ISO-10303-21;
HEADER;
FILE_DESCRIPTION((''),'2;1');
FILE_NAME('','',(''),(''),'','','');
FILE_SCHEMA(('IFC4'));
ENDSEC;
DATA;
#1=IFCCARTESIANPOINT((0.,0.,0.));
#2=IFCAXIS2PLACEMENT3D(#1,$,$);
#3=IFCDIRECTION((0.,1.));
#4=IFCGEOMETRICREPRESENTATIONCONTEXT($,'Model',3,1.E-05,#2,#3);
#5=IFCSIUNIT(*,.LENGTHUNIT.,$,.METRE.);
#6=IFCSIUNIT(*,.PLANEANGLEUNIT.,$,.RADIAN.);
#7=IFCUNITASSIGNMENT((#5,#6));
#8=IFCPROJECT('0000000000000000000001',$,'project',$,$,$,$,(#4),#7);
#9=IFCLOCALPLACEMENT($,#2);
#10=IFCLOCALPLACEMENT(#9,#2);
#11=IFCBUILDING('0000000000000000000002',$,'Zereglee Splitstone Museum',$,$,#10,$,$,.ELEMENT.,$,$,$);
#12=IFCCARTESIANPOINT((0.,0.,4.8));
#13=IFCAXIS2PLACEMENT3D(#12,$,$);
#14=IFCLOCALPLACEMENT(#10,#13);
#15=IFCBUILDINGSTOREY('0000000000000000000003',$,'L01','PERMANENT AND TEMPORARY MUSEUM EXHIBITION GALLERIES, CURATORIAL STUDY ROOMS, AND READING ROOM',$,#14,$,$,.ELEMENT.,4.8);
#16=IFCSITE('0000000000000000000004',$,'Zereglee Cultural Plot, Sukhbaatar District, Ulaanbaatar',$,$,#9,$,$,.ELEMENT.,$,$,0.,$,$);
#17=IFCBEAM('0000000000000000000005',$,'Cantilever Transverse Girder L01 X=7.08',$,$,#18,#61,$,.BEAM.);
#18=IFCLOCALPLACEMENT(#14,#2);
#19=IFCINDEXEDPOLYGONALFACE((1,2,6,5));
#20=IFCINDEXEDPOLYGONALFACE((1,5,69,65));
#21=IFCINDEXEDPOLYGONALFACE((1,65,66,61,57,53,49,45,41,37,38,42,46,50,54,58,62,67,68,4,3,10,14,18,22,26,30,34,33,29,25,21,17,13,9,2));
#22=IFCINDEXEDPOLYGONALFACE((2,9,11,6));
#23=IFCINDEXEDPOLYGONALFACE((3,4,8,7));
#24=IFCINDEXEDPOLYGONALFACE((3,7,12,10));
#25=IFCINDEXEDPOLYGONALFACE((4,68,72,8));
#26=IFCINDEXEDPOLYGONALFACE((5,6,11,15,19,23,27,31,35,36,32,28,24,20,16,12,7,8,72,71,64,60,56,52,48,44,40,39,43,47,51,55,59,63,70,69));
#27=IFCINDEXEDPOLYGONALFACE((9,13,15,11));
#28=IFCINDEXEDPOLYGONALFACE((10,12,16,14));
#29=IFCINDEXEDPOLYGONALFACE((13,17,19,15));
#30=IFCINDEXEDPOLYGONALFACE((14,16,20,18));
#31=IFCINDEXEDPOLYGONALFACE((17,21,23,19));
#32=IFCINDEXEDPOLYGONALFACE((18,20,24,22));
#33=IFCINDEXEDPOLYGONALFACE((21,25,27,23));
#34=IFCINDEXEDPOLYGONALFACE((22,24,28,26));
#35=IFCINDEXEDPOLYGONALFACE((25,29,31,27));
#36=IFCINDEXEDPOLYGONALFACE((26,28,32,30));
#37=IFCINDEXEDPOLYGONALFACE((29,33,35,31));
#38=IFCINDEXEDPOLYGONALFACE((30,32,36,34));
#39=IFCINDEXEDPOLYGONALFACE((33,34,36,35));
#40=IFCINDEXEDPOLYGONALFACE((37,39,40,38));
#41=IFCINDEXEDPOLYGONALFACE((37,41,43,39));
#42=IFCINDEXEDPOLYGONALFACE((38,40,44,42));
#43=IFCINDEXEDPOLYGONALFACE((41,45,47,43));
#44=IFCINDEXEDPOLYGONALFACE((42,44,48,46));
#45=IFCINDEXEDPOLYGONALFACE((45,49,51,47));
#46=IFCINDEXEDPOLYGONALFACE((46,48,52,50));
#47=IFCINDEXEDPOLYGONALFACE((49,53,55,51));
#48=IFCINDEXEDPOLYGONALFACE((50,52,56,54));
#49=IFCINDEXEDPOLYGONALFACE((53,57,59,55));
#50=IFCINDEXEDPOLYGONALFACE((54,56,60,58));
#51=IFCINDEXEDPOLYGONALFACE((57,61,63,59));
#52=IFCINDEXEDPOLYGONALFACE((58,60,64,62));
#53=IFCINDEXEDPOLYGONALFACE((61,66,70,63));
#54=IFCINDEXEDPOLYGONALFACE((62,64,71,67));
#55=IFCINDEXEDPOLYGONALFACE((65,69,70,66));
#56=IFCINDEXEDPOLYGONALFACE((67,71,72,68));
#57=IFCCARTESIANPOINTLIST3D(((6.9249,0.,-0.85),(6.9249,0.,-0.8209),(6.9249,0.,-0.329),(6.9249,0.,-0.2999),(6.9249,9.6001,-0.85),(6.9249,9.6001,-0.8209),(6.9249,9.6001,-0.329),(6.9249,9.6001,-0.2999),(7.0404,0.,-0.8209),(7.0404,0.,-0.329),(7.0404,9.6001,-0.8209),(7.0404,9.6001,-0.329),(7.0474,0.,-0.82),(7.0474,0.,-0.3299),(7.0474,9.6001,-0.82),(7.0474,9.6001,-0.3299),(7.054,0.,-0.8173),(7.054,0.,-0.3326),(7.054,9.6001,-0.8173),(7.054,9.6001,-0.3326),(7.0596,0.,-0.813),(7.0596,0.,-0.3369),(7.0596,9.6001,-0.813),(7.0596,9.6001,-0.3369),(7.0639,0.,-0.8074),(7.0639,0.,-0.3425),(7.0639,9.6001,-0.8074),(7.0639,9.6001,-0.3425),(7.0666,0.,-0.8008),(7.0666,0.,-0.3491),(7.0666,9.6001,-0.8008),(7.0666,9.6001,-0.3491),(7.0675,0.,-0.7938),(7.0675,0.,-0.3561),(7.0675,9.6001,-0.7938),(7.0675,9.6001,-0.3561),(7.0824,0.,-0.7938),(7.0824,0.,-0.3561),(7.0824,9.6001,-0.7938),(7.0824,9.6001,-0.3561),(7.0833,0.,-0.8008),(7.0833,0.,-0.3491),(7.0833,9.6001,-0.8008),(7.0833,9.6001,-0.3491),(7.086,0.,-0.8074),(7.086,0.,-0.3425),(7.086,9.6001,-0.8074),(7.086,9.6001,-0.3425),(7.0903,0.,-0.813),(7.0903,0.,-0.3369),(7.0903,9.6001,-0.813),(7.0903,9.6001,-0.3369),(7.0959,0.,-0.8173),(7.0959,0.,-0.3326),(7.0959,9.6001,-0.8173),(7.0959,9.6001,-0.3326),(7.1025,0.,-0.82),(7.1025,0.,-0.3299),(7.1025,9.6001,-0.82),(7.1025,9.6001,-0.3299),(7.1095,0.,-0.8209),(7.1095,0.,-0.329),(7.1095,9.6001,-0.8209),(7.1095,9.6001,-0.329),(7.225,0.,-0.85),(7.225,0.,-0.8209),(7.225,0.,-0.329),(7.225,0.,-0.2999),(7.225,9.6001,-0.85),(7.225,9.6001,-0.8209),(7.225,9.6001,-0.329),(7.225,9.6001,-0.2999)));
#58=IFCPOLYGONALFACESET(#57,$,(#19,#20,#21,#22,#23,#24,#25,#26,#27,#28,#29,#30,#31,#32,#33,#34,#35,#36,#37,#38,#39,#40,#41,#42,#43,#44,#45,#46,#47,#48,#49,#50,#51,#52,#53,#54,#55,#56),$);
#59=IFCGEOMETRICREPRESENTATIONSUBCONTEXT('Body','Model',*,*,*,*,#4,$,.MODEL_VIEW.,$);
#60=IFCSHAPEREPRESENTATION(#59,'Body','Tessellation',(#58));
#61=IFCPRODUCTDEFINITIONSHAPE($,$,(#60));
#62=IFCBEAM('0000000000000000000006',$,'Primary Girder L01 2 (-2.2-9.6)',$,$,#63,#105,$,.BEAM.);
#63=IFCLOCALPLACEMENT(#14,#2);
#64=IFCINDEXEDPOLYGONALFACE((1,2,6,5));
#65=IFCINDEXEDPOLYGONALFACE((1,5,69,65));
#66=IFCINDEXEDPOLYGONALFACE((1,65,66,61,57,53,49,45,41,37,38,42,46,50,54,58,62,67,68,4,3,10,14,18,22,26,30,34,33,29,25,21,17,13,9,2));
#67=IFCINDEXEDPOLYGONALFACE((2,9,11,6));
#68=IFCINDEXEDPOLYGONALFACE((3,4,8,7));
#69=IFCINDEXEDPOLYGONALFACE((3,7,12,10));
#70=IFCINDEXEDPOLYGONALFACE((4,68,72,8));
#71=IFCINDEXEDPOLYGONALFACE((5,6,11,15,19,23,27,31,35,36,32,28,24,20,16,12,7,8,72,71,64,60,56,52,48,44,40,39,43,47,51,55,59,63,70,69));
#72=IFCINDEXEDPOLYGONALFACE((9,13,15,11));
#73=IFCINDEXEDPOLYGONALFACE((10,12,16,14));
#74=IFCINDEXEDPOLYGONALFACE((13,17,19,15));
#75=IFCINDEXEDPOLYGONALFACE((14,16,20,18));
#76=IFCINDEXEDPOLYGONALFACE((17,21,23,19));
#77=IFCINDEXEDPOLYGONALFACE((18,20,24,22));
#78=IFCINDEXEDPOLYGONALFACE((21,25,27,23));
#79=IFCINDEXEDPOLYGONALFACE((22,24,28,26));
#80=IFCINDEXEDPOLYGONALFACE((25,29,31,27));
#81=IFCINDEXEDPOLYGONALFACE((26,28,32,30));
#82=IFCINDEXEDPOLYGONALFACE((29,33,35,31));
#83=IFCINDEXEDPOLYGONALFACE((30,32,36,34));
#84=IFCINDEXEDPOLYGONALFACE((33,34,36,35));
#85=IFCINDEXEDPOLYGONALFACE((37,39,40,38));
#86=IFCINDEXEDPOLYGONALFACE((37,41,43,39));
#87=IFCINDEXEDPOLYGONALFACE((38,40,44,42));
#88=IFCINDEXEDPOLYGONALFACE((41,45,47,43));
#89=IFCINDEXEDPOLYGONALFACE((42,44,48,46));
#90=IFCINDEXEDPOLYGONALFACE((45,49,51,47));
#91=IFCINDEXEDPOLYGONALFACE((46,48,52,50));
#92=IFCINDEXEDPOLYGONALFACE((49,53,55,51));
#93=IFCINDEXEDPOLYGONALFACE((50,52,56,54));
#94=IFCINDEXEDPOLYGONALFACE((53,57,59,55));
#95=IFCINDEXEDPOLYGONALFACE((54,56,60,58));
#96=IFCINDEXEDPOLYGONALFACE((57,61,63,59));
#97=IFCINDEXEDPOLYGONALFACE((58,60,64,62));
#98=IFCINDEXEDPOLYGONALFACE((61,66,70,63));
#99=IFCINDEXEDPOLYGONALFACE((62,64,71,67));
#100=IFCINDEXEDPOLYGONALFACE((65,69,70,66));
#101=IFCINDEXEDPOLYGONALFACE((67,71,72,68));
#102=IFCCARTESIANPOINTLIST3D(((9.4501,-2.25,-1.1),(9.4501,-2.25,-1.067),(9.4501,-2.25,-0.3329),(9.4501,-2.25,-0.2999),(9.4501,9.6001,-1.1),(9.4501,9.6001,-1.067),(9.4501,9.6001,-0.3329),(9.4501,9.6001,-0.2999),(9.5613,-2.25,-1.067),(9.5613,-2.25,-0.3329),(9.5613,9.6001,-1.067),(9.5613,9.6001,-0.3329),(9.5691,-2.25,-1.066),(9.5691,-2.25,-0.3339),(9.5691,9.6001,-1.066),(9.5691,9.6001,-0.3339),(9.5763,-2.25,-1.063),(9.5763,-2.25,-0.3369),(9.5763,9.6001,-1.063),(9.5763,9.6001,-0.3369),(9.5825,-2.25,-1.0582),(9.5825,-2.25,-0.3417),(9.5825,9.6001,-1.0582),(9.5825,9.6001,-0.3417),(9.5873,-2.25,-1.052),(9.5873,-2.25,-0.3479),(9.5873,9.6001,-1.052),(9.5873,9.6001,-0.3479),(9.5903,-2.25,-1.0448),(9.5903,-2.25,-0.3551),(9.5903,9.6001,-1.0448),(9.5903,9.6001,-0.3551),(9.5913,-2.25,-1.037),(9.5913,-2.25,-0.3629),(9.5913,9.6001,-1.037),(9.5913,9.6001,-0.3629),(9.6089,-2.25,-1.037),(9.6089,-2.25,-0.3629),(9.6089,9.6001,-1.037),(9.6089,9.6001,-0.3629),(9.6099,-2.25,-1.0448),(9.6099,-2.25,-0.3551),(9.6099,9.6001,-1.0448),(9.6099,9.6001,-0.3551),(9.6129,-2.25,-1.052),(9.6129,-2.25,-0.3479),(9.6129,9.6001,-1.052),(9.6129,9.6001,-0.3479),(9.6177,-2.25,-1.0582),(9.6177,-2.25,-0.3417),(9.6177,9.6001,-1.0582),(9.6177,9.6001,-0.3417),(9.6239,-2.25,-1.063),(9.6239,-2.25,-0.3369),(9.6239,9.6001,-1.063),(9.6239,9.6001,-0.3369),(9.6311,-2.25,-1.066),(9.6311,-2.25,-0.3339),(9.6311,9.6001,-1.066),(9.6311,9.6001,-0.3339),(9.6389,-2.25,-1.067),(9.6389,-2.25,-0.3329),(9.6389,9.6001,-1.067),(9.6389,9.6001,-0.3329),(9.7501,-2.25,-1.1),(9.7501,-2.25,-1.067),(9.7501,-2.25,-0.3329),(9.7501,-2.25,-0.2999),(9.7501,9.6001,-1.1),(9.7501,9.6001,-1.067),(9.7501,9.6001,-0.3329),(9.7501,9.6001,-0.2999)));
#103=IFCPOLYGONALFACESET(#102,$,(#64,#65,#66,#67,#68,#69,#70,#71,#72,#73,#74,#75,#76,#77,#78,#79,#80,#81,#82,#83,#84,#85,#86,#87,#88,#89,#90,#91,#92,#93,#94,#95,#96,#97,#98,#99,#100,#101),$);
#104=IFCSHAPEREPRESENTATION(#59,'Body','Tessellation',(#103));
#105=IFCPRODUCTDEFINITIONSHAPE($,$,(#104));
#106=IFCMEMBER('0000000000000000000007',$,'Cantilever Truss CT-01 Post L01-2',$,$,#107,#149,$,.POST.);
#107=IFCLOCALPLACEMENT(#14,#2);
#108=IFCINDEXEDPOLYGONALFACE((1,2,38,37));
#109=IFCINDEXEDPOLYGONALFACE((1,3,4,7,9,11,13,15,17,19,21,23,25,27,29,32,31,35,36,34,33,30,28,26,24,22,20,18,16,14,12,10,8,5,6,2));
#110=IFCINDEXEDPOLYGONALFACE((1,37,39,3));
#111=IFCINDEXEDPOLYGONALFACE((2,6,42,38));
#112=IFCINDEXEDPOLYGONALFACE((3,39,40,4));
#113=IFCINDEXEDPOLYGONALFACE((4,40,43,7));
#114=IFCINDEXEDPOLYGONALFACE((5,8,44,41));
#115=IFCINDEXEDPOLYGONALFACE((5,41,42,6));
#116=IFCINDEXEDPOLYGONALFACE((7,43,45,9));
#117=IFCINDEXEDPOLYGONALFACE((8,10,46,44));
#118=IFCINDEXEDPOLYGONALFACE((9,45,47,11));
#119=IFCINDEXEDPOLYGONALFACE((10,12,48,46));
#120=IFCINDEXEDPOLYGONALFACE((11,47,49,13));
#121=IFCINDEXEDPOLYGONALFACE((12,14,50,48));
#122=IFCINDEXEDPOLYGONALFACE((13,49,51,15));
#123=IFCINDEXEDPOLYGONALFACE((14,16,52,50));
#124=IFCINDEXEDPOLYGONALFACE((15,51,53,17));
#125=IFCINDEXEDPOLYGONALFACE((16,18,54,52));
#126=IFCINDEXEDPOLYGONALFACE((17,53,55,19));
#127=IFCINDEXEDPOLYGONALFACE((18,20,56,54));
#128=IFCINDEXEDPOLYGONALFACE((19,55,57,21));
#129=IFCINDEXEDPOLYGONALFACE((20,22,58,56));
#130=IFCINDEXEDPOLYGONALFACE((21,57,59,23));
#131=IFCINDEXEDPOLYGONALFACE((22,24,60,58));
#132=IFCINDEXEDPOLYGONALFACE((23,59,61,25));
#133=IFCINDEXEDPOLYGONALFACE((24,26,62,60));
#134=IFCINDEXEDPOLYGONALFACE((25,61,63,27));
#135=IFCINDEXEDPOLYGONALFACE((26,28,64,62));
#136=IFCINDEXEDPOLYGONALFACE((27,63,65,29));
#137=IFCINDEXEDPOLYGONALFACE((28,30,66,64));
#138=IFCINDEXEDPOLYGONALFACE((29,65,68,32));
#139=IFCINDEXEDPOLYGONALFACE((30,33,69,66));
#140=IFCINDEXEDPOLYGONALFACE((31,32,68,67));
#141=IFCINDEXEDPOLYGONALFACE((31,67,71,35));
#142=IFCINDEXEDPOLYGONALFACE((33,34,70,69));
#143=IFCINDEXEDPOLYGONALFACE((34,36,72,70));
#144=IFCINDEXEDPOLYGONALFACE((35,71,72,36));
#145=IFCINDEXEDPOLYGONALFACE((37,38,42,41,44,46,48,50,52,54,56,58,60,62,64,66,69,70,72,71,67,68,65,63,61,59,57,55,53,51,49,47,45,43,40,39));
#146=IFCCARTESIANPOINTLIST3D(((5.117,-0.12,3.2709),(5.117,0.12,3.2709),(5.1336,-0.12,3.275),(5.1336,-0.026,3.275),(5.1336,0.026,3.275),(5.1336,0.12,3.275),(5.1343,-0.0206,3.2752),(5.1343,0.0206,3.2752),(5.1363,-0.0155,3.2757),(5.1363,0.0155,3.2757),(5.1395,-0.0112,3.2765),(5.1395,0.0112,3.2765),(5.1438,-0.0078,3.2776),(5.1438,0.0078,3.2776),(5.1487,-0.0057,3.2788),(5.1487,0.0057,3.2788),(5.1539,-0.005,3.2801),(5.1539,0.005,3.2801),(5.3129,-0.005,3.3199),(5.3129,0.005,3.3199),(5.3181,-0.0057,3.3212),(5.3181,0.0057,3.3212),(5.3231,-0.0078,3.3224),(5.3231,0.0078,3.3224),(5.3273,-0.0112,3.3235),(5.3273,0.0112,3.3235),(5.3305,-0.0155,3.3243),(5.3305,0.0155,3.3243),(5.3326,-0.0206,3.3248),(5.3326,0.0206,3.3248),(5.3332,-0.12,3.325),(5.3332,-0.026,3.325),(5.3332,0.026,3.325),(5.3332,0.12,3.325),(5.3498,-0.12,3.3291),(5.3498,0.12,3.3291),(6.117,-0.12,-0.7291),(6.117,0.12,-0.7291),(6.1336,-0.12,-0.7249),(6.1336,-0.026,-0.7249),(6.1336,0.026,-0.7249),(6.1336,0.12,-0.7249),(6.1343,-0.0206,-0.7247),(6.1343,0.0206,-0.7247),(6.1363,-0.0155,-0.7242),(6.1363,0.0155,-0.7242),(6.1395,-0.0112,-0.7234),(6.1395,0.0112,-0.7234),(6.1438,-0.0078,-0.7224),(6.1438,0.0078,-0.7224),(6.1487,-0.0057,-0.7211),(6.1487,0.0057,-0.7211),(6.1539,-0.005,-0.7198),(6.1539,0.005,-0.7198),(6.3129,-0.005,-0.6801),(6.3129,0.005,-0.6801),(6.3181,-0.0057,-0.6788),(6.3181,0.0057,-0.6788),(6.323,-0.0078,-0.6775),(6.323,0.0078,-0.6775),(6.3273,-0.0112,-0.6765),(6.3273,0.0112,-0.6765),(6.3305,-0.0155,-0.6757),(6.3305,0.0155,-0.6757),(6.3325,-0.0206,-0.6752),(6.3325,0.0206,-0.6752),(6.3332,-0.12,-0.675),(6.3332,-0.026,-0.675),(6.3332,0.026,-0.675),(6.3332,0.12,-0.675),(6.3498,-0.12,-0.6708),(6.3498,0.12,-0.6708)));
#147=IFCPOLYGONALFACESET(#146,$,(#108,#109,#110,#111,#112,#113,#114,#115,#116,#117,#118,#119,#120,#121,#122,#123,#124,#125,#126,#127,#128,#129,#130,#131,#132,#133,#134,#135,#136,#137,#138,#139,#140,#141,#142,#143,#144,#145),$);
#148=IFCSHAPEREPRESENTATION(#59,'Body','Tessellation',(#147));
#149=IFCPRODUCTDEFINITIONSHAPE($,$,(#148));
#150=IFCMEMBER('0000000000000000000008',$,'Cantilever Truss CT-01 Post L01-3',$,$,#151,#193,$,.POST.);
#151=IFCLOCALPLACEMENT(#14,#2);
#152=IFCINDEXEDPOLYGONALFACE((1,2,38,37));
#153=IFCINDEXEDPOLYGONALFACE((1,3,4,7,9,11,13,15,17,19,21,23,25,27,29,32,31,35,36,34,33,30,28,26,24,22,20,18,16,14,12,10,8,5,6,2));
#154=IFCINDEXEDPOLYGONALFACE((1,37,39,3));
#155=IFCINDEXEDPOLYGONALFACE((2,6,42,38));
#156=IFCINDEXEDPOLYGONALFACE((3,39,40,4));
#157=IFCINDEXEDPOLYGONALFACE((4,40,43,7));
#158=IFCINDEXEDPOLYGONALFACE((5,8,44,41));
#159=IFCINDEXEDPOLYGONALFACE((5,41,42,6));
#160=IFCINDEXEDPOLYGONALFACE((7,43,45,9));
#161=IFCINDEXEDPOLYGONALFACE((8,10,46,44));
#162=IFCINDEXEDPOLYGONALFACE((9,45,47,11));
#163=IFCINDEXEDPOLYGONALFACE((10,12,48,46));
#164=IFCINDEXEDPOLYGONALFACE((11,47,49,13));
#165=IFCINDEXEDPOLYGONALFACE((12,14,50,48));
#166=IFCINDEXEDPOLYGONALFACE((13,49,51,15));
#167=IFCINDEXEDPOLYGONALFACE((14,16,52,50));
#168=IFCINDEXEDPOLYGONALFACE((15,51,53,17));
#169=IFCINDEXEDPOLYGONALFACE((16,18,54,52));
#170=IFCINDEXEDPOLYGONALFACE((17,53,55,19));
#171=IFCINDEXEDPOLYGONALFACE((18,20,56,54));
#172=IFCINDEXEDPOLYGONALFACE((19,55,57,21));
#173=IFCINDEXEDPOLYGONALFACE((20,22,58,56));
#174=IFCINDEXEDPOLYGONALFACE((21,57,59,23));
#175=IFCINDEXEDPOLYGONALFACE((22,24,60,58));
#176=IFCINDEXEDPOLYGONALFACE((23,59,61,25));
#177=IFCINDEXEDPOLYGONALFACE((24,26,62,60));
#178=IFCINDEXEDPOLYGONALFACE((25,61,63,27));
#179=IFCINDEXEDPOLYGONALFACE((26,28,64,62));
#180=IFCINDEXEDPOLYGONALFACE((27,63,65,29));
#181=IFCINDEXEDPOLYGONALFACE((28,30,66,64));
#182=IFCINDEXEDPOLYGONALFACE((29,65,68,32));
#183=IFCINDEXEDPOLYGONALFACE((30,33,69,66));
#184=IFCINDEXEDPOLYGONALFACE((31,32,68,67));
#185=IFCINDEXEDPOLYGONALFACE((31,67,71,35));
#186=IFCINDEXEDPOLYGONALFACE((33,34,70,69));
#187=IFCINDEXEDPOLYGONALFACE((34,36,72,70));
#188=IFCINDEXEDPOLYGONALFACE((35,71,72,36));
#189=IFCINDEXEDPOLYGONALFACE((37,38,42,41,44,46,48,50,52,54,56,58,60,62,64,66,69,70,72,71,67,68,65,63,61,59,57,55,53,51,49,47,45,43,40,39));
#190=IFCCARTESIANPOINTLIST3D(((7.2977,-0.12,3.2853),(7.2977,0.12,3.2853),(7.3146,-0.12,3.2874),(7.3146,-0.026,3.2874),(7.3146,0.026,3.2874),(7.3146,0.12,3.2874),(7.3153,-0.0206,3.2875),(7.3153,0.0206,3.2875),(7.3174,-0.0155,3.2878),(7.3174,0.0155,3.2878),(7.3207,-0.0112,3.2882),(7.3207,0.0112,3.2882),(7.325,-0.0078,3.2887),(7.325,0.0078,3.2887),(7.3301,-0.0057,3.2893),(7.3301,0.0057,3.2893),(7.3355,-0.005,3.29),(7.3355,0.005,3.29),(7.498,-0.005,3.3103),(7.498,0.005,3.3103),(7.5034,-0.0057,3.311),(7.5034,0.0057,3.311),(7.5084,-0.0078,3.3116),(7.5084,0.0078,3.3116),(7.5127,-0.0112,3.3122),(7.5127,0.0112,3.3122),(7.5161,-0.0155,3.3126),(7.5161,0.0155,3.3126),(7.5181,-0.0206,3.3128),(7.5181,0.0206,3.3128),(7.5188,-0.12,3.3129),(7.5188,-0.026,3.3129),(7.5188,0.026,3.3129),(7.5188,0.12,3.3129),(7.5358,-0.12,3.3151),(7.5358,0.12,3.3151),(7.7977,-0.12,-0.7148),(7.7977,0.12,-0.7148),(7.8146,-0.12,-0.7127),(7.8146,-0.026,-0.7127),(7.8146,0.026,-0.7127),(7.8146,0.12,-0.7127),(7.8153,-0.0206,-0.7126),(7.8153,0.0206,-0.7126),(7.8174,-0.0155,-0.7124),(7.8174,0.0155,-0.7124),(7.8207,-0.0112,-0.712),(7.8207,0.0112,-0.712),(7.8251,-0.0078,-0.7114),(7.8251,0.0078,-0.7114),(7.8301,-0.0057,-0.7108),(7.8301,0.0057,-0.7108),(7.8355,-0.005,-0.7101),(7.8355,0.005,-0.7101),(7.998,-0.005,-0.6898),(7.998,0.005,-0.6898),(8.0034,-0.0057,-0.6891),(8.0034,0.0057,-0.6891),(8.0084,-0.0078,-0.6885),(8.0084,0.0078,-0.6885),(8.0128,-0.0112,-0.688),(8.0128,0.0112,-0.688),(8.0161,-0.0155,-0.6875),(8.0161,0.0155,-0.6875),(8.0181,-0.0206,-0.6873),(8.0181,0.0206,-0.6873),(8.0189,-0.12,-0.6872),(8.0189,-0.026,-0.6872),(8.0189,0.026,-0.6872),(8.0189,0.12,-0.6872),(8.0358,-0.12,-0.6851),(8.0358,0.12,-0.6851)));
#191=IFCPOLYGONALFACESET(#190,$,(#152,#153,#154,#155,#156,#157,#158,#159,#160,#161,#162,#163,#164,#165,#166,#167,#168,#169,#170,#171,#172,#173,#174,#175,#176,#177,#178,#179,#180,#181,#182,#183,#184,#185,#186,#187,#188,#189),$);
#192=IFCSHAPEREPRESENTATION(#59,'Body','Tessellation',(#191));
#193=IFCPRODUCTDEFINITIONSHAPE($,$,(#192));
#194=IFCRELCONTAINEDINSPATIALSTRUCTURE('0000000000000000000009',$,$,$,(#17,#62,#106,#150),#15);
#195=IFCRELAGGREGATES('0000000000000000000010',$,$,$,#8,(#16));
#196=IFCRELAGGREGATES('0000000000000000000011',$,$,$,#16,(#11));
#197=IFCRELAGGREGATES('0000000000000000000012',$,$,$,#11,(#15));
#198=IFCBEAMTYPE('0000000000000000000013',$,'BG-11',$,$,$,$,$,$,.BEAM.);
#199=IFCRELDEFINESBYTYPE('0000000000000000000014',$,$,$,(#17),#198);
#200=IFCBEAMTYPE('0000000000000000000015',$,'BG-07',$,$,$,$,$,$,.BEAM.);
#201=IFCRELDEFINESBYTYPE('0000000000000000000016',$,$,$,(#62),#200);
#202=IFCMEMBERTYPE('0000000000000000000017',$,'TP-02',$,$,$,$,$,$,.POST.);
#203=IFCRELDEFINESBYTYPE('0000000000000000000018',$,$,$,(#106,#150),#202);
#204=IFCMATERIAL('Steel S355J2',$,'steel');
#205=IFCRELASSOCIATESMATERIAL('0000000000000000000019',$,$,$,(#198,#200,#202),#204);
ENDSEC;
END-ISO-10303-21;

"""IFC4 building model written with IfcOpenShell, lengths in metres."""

from ifc_helpers import new_model, si_unit, direction, frame, origin, origin_2d, place, context, subcontext, project, spatial, i_section, extrude, material, material_profile, profile_set, type_object, element, save


model = new_model("IFC4")

# Units and contexts
model_context = context("Model", 3, precision=1e-05, world=origin(), true_north=direction((0.0, 1.0)))
body_context = subcontext(model_context, "Body", "Model", "MODEL_VIEW")
ifc_project = project(units=[si_unit("LENGTHUNIT", "METRE"), si_unit("PLANEANGLEUNIT", "RADIAN")], contexts=[model_context])

# Site, building, storey
site_placement = place(None, origin())
site = spatial("IfcSite", under=ifc_project, at=site_placement, Name="Zereglee Cultural Plot, Sukhbaatar District, Ulaanbaatar", CompositionType="ELEMENT", RefElevation=0.0)
building_placement = place(site_placement, origin())
building = spatial("IfcBuilding", under=site, at=building_placement, Name="Zereglee Splitstone Museum", CompositionType="ELEMENT")
storey_placement = place(building_placement, frame((0.0, 0.0, 4.8)))
storey = spatial("IfcBuildingStorey", under=building, at=storey_placement, Name="L01", Description="PERMANENT AND TEMPORARY MUSEUM EXHIBITION GALLERIES, CURATORIAL STUDY ROOMS, AND READING ROOM", CompositionType="ELEMENT", Elevation=4.8)

# Beams
ifc_material_1 = material(Name="Steel S355J2", Category="steel")
ifc_material_profile_1 = material_profile(ifc_material_1, i_section(OverallWidth=0.3, OverallDepth=0.55, WebThickness=0.0149, FlangeThickness=0.0291, FilletRadius=0.0271, at=origin_2d()), Name="HE 550 B")
ifc_profile_set_1 = profile_set([ifc_material_profile_1], Name="Steel S355J2")
beam_type_1 = type_object("IfcBeamType", Name="BG-11", PredefinedType="BEAM", material=ifc_profile_set_1)
beam_1_placement = place(storey_placement, frame((7.075, 0.0, -0.575), z_axis=(0.0, 1.0, 0.0), x_axis=(-1.0, 0.0, 0.0)))
element("IfcBeam", 1, at=beam_1_placement, inside=storey, type_object=beam_type_1, Name="Cantilever Transverse Girder L01 X=7.08", PredefinedType="BEAM", context=body_context, shape_type="SweptSolid", body=[
    extrude(i_section(OverallWidth=0.3, OverallDepth=0.55, WebThickness=0.0149, FlangeThickness=0.0291, FilletRadius=0.0271, at=origin_2d()), origin(), (0.0, 0.0, 1.0), 9.6001),
])
ifc_material_profile_2 = material_profile(ifc_material_1, i_section(OverallWidth=0.3, OverallDepth=0.8, WebThickness=0.0176, FlangeThickness=0.033, FilletRadius=0.03, at=origin_2d()), Name="HE 800 B")
ifc_profile_set_2 = profile_set([ifc_material_profile_2], Name="Steel S355J2")
beam_type_2 = type_object("IfcBeamType", Name="BG-07", PredefinedType="BEAM", material=ifc_profile_set_2)
beam_2_placement = place(storey_placement, frame((9.6001, -2.25, -0.7), z_axis=(0.0, 1.0, 0.0), x_axis=(-1.0, 0.0, 0.0)))
element("IfcBeam", 2, at=beam_2_placement, inside=storey, type_object=beam_type_2, Name="Primary Girder L01 2 (-2.2-9.6)", PredefinedType="BEAM", context=body_context, shape_type="SweptSolid", body=[
    extrude(i_section(OverallWidth=0.3, OverallDepth=0.8, WebThickness=0.0176, FlangeThickness=0.033, FilletRadius=0.03, at=origin_2d()), origin(), (0.0, 0.0, 1.0), 11.8501),
])

# Members
ifc_material_profile_3 = material_profile(ifc_material_1, i_section(OverallWidth=0.24, OverallDepth=0.24, WebThickness=0.01, FlangeThickness=0.0171, FilletRadius=0.021, at=origin_2d()), Name="HE 240 B")
ifc_profile_set_3 = profile_set([ifc_material_profile_3], Name="Steel S355J2")
member_type_1 = type_object("IfcMemberType", Name="TP-02", PredefinedType="POST", material=ifc_profile_set_3)
member_1_placement = place(storey_placement, frame((6.2334, 0.0, -0.7), z_axis=(-0.242536, 0.0, 0.970143), x_axis=(0.0, -1.0, 0.0)))
element("IfcMember", 3, at=member_1_placement, inside=storey, type_object=member_type_1, Name="Cantilever Truss CT-01 Post L01-2", PredefinedType="POST", context=body_context, shape_type="SweptSolid", body=[
    extrude(i_section(OverallWidth=0.24, OverallDepth=0.24, WebThickness=0.01, FlangeThickness=0.0171, FilletRadius=0.021, at=origin_2d()), origin(), (0.0, 0.0, 1.0), 4.123),
])
member_2_placement = place(storey_placement, frame((7.9167, 0.0, -0.7), z_axis=(-0.124035, 0.0, 0.992278), x_axis=(0.0, -1.0, 0.0)))
element("IfcMember", 4, at=member_2_placement, inside=storey, type_object=member_type_1, Name="Cantilever Truss CT-01 Post L01-3", PredefinedType="POST", context=body_context, shape_type="SweptSolid", body=[
    extrude(i_section(OverallWidth=0.24, OverallDepth=0.24, WebThickness=0.01, FlangeThickness=0.0171, FilletRadius=0.021, at=origin_2d()), origin(), (0.0, 0.0, 1.0), 4.0312),
])

save(model, "model.ifc")
